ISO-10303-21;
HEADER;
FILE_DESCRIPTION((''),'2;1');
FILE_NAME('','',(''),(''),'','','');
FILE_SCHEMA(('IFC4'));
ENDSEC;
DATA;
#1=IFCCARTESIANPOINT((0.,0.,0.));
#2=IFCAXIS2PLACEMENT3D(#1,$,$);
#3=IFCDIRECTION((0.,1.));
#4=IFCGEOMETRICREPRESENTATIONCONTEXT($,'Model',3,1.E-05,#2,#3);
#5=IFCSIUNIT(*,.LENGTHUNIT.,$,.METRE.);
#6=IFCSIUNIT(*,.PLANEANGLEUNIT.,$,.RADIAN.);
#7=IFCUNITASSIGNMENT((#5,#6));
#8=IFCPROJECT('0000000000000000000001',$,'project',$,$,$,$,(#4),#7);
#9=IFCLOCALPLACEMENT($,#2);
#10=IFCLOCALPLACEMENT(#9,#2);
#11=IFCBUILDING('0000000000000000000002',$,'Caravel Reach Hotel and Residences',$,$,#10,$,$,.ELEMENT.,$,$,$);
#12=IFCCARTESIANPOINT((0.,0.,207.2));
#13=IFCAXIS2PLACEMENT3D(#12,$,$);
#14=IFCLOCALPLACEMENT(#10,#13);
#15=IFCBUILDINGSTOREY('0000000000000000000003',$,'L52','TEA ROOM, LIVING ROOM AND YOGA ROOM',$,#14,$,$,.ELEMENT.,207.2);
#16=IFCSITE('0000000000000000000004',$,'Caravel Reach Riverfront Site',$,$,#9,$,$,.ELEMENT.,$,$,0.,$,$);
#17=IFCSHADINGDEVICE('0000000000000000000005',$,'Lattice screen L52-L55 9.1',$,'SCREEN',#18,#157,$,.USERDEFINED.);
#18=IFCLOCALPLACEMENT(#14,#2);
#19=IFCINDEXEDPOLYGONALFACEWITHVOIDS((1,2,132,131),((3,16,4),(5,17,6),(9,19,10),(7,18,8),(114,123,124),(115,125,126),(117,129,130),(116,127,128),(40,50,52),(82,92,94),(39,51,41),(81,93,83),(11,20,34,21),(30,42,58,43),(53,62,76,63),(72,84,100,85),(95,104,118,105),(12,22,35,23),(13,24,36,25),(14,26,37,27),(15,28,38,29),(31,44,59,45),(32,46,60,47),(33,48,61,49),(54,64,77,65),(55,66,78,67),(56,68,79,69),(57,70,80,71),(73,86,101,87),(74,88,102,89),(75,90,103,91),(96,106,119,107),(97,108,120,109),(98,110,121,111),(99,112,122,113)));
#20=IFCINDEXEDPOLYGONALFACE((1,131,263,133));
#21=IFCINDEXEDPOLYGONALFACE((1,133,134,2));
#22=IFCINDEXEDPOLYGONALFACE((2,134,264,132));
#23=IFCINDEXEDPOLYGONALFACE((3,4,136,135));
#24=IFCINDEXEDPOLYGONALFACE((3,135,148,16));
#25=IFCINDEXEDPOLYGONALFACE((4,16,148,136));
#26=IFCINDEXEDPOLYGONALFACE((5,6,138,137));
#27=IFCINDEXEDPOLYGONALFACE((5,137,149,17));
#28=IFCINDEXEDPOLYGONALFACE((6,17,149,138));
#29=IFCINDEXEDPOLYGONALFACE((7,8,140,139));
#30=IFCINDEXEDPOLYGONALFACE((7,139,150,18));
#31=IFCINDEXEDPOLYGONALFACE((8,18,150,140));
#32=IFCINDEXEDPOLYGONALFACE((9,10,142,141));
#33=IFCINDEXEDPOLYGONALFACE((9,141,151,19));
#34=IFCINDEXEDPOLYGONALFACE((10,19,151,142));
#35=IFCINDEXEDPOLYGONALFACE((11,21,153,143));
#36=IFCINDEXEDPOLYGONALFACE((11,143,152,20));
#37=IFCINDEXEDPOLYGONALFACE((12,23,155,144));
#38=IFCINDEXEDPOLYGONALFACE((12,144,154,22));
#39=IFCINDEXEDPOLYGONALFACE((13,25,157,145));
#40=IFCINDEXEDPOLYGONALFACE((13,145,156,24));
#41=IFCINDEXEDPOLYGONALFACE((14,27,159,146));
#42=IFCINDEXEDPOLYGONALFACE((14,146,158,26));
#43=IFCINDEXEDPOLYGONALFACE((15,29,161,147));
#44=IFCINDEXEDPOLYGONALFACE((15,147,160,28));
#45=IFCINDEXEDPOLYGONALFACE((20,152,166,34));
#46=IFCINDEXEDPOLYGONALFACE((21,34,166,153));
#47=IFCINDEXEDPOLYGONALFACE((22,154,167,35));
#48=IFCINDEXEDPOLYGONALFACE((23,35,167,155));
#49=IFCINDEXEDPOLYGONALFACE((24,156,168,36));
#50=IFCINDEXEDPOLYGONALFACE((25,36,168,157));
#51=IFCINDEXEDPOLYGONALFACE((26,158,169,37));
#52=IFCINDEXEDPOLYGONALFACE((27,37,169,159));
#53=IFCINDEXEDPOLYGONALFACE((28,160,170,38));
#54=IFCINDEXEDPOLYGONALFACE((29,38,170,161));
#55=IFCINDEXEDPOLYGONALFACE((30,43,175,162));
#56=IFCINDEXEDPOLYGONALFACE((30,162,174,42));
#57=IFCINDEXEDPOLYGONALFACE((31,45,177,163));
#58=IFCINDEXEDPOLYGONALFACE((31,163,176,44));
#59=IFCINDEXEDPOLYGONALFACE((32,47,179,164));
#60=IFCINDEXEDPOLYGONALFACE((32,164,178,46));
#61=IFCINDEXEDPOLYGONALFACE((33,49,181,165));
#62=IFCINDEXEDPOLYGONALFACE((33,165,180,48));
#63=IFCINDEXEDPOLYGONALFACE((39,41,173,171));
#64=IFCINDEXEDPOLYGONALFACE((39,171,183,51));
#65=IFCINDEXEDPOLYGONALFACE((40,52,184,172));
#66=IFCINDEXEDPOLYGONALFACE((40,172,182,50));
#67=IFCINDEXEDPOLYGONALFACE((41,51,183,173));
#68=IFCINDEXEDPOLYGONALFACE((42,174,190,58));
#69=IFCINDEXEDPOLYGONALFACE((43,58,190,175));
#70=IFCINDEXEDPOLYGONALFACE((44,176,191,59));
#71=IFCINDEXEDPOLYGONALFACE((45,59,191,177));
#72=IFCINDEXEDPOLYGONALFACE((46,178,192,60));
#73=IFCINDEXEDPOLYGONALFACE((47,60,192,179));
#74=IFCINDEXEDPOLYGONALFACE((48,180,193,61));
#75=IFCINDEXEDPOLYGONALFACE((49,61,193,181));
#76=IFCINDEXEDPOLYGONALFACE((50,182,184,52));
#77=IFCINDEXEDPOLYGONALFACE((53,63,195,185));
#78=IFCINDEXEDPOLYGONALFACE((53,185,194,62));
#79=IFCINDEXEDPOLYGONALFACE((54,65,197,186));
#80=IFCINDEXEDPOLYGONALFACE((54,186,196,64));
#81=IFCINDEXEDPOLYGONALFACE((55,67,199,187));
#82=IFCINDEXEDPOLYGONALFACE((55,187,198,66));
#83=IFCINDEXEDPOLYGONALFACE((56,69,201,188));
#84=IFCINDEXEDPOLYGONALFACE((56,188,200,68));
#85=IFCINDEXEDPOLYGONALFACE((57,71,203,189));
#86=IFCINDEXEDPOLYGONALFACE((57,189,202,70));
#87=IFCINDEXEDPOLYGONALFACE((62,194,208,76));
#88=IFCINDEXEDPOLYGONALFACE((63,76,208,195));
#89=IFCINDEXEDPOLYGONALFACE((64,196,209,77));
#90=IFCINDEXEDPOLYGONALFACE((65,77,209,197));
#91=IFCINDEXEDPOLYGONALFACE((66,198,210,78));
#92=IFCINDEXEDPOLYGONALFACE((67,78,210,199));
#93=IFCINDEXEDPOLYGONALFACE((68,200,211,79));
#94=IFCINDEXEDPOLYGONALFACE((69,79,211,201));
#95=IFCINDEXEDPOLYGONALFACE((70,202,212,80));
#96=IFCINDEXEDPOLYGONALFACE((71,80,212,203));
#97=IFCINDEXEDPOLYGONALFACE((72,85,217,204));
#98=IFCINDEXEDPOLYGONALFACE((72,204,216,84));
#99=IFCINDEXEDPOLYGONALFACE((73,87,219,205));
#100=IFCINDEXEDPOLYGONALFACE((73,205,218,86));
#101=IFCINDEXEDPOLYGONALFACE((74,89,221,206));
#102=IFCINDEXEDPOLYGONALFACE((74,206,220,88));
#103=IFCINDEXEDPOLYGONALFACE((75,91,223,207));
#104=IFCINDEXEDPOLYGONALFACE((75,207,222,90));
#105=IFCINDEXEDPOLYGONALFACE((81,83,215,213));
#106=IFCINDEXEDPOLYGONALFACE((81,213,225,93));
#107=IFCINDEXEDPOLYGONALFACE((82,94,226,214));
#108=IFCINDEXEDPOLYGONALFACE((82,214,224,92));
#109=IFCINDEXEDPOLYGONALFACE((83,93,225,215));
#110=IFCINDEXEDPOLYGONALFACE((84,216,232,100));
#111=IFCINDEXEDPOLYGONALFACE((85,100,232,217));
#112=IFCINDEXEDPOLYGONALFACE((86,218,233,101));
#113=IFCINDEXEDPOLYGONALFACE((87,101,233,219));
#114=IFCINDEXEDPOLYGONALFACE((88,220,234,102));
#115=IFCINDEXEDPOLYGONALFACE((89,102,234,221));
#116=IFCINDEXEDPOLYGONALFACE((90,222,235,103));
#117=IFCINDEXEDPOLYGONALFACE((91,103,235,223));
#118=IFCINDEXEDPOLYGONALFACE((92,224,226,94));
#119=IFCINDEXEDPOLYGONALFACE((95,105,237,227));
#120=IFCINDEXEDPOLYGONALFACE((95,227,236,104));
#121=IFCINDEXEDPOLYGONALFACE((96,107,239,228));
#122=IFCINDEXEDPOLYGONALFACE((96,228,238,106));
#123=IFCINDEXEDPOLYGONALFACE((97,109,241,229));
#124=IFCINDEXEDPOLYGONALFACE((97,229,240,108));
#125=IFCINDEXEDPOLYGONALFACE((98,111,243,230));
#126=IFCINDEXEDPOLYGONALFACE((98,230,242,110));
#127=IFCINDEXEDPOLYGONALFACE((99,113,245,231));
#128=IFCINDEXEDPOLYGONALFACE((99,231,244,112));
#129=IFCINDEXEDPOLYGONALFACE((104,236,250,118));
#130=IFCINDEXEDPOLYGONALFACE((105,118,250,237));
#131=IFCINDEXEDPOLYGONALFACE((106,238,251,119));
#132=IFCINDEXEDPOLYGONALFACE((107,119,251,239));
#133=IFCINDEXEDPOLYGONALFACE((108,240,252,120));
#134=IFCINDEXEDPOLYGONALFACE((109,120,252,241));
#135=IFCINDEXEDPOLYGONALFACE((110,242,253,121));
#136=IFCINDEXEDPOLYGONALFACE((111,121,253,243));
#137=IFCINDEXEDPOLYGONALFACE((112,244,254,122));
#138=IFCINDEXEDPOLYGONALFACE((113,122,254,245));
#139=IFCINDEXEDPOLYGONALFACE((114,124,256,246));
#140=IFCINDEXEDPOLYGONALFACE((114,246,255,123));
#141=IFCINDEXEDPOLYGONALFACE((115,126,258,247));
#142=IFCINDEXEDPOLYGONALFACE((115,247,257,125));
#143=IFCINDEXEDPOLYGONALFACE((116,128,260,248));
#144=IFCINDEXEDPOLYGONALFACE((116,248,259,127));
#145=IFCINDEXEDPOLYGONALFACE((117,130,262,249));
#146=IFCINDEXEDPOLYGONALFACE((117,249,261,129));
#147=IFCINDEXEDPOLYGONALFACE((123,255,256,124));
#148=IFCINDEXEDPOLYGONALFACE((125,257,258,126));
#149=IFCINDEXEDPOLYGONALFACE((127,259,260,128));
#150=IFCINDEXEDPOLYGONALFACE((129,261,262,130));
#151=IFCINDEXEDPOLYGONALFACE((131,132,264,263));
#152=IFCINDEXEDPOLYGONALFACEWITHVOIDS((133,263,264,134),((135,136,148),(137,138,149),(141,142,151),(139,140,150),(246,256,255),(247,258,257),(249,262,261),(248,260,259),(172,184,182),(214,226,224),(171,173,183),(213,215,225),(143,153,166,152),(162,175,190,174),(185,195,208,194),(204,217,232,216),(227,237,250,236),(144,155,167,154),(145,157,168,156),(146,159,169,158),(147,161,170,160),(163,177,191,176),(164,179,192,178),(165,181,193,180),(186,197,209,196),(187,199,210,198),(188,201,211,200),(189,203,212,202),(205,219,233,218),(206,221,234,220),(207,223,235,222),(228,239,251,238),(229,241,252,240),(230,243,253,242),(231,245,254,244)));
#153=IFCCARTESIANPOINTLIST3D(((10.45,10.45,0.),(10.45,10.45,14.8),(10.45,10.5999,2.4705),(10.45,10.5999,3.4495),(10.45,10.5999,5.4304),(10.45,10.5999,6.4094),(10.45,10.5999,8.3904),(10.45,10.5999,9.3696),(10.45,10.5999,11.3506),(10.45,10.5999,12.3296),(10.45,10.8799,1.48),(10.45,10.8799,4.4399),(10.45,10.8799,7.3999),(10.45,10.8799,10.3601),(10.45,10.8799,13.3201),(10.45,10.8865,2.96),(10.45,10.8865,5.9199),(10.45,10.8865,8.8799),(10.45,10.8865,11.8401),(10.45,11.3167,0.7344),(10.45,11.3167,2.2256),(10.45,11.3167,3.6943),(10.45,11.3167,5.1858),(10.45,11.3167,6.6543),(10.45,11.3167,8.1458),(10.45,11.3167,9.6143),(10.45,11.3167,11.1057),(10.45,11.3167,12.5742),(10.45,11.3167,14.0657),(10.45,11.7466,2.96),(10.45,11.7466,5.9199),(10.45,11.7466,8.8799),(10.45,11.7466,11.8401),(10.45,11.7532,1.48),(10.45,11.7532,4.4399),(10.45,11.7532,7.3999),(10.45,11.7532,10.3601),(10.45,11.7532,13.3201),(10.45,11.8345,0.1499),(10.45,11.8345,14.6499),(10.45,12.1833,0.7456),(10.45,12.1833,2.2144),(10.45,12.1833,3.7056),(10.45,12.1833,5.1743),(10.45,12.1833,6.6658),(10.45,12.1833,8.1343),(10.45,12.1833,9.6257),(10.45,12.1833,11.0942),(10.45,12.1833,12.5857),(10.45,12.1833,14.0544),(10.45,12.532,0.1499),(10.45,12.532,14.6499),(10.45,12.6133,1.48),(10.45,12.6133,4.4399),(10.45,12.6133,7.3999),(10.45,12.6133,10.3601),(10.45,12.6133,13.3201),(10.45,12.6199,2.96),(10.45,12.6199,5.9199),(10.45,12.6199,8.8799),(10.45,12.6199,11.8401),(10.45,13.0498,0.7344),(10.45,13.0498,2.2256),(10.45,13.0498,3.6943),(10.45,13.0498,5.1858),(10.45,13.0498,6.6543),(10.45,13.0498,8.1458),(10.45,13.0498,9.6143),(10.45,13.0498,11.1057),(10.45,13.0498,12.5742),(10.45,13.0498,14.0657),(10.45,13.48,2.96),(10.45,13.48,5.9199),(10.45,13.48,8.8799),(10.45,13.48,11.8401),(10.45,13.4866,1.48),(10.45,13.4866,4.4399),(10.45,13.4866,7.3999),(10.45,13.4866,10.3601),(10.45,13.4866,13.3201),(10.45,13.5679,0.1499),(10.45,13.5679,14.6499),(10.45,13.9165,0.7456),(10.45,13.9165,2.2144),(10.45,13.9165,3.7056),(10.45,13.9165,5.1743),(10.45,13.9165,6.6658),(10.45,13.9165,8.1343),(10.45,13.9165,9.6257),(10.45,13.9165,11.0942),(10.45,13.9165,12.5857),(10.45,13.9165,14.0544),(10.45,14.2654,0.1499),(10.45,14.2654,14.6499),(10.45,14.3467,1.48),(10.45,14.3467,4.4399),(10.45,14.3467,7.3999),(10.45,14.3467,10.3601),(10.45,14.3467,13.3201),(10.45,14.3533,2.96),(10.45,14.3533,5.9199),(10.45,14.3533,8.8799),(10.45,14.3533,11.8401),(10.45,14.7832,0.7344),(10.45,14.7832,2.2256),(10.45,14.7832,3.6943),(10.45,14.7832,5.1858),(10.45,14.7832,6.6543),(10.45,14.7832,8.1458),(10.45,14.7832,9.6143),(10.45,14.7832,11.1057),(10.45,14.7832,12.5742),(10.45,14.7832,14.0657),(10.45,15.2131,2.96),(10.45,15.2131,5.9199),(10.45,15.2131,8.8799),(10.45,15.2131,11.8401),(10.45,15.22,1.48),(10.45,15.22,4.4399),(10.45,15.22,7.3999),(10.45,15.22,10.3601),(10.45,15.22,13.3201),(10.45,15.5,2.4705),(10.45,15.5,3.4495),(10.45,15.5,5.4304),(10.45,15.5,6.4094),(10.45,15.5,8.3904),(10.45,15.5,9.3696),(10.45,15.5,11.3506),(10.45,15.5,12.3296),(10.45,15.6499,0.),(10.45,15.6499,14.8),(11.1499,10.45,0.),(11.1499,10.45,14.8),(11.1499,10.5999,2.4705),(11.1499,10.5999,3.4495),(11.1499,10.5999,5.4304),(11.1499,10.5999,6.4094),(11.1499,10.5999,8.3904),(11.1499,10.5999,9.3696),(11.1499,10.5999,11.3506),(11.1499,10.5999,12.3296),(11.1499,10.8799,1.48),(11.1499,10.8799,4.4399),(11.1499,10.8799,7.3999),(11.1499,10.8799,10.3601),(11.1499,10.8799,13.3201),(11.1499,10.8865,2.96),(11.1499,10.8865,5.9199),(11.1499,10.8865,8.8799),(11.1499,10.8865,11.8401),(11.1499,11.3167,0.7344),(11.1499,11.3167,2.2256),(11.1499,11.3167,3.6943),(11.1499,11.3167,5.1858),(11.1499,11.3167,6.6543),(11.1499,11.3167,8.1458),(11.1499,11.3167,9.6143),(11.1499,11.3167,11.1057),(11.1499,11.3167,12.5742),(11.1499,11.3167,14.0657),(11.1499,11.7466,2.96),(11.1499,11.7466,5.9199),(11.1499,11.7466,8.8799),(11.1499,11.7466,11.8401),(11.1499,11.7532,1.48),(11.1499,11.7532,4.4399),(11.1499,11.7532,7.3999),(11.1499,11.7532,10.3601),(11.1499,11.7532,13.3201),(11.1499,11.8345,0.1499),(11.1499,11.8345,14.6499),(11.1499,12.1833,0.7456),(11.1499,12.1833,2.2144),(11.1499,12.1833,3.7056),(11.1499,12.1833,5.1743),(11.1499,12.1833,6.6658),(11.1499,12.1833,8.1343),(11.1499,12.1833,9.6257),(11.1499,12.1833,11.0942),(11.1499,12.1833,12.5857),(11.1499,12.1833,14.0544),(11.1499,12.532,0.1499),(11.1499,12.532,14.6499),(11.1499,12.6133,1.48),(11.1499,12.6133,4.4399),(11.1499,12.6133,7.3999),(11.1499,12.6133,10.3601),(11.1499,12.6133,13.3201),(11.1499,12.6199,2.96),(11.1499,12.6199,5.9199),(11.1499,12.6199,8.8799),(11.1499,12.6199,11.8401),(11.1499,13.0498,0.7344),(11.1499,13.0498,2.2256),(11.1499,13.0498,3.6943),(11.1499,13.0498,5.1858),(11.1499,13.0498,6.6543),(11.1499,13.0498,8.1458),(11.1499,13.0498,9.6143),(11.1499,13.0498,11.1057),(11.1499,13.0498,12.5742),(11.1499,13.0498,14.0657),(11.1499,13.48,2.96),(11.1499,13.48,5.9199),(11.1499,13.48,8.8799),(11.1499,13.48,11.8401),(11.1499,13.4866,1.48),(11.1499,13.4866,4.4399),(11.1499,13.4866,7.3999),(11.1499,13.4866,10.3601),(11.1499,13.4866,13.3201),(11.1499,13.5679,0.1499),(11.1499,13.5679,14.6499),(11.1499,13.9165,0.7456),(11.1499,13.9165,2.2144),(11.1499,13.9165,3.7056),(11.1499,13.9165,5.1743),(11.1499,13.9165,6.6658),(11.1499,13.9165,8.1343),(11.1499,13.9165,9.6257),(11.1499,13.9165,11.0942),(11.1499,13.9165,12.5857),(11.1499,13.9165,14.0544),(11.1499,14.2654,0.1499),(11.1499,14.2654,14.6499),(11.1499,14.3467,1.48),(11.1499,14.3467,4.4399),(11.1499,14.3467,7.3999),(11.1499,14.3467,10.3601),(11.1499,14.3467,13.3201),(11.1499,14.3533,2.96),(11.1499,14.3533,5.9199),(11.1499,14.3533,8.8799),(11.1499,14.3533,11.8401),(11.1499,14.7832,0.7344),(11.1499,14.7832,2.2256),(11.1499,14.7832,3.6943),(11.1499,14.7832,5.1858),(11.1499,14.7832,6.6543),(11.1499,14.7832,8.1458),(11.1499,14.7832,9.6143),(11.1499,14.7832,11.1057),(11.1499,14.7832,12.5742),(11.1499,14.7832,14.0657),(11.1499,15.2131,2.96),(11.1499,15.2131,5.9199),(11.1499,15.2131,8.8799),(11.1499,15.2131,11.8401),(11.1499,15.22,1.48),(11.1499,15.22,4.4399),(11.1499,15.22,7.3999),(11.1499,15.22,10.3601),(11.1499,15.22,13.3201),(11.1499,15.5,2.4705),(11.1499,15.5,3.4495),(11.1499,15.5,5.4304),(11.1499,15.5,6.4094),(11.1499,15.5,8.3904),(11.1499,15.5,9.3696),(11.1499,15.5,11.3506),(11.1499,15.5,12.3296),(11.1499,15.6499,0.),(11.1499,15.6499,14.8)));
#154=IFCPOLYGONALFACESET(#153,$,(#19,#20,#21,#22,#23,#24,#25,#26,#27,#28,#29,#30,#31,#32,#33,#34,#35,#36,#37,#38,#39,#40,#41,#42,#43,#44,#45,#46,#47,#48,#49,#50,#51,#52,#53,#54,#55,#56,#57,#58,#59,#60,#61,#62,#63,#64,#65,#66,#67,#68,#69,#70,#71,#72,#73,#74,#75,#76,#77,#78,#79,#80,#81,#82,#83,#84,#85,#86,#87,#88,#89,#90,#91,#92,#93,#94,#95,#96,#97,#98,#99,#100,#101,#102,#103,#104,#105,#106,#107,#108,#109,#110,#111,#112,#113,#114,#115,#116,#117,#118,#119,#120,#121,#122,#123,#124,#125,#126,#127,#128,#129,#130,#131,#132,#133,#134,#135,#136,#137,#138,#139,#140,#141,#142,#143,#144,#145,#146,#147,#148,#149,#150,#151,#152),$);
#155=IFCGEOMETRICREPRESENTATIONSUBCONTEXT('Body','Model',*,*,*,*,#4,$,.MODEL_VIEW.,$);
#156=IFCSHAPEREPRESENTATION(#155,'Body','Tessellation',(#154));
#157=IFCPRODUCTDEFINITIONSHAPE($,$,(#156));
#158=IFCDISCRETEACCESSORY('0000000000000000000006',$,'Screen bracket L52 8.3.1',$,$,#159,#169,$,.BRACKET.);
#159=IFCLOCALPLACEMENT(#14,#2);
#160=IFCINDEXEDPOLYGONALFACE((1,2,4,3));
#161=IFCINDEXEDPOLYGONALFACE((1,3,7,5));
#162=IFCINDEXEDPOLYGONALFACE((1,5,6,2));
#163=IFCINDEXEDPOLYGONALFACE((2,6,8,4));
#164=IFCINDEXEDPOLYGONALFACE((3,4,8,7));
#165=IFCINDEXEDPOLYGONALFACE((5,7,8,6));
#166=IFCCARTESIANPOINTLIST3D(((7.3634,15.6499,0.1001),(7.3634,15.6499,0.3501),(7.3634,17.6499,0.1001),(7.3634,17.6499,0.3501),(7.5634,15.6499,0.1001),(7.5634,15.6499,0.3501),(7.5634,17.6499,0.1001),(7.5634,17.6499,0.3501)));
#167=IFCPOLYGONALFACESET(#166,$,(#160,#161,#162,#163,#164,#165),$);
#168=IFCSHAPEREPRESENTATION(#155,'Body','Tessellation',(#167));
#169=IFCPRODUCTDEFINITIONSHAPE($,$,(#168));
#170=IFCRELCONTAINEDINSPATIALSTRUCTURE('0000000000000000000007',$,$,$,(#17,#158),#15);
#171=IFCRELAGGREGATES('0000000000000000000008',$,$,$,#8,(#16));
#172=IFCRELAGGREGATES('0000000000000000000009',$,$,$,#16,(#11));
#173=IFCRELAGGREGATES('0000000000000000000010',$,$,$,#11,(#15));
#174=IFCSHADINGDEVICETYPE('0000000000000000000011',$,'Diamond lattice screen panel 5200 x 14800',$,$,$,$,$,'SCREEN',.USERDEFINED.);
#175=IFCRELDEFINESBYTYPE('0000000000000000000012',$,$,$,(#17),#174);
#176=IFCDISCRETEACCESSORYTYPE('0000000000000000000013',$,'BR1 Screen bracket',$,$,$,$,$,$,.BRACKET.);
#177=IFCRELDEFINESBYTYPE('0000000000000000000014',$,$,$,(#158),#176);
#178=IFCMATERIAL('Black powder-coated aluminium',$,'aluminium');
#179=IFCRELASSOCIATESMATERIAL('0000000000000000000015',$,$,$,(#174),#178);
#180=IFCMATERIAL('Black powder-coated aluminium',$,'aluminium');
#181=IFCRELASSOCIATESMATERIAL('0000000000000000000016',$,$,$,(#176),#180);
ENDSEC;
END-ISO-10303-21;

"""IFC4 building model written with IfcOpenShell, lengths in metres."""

from ifc_helpers import new_model, si_unit, direction, frame, origin, origin_2d, place, context, subcontext, project, spatial, polyline, rectangle, outline, extrude, material, type_object, element, save


model = new_model("IFC4")

# Units and contexts
model_context = context("Model", 3, precision=1e-05, world=origin(), true_north=direction((0.0, 1.0)))
body_context = subcontext(model_context, "Body", "Model", "MODEL_VIEW")
ifc_project = project(units=[si_unit("LENGTHUNIT", "METRE"), si_unit("PLANEANGLEUNIT", "RADIAN")], contexts=[model_context])

# Site, building, storey
site_placement = place(None, origin())
site = spatial("IfcSite", under=ifc_project, at=site_placement, Name="Caravel Reach Riverfront Site", CompositionType="ELEMENT", RefElevation=0.0)
building_placement = place(site_placement, origin())
building = spatial("IfcBuilding", under=site, at=building_placement, Name="Caravel Reach Hotel and Residences", CompositionType="ELEMENT")
storey_placement = place(building_placement, frame((0.0, 0.0, 207.2)))
storey = spatial("IfcBuildingStorey", under=building, at=storey_placement, Name="L52", Description="TEA ROOM, LIVING ROOM AND YOGA ROOM", CompositionType="ELEMENT", Elevation=207.2)

# Shading device
ifc_material_1 = material(Name="Black powder-coated aluminium", Category="aluminium")
shading_device_type_1 = type_object("IfcShadingDeviceType", Name="Diamond lattice screen panel 5200 x 14800", ElementType="SCREEN", PredefinedType="USERDEFINED", material=ifc_material_1)
shading_device_1_placement = place(storey_placement, frame((11.1499, 15.6499, 0.0), z_axis=(-1.0, 0.0, 0.0), x_axis=(0.0, -1.0, 0.0)))
element("IfcShadingDevice", 1, at=shading_device_1_placement, inside=storey, type_object=shading_device_type_1, Name="Lattice screen L52-L55 9.1", ObjectType="SCREEN", PredefinedType="USERDEFINED", context=body_context, shape_type="SweptSolid", body=[
    extrude(outline(polyline([(0.0, 0.0), (5.2, 0.0), (5.2, 14.8), (0.0, 14.8), (0.0, 0.0)]), holes=[polyline([(0.4368, 2.96), (0.1499, 3.4495), (0.1499, 2.4705), (0.4368, 2.96)]), polyline([(0.4368, 5.9199), (0.1499, 6.4094), (0.1499, 5.4304), (0.4368, 5.9199)]), polyline([(0.4368, 8.8799), (0.1499, 9.3696), (0.1499, 8.3904), (0.4368, 8.8799)]), polyline([(0.4368, 11.8401), (0.1499, 12.3296), (0.1499, 11.3506), (0.4368, 11.8401)]), polyline([(0.8667, 2.2256), (0.4299, 1.48), (0.8667, 0.7344), (1.3032, 1.48), (0.8667, 2.2256)]), polyline([(0.8667, 5.1858), (0.4299, 4.4399), (0.8667, 3.6943), (1.3032, 4.4399), (0.8667, 5.1858)]), polyline([(0.8667, 8.1458), (0.4299, 7.3999), (0.8667, 6.6543), (1.3032, 7.3999), (0.8667, 8.1458)]), polyline([(0.8667, 11.1057), (0.4299, 10.3601), (0.8667, 9.6143), (1.3032, 10.3601), (0.8667, 11.1057)]), polyline([(0.8667, 14.0657), (0.4299, 13.3201), (0.8667, 12.5742), (1.3032, 13.3201), (0.8667, 14.0657)]), polyline([(1.7334, 0.7456), (1.3845, 0.1499), (2.082, 0.1499), (1.7334, 0.7456)]), polyline([(1.7334, 3.7056), (1.2966, 2.96), (1.7334, 2.2144), (2.1699, 2.96), (1.7334, 3.7056)]), polyline([(1.7334, 6.6658), (1.2966, 5.9199), (1.7334, 5.1743), (2.1699, 5.9199), (1.7334, 6.6658)]), polyline([(1.7334, 9.6257), (1.2966, 8.8799), (1.7334, 8.1343), (2.1699, 8.8799), (1.7334, 9.6257)]), polyline([(1.7334, 12.5857), (1.2966, 11.8401), (1.7334, 11.0942), (2.1699, 11.8401), (1.7334, 12.5857)]), polyline([(1.7334, 14.0544), (2.082, 14.6499), (1.3845, 14.6499), (1.7334, 14.0544)]), polyline([(2.6001, 2.2256), (2.1633, 1.48), (2.6001, 0.7344), (3.0366, 1.48), (2.6001, 2.2256)]), polyline([(2.6001, 5.1858), (2.1633, 4.4399), (2.6001, 3.6943), (3.0366, 4.4399), (2.6001, 5.1858)]), polyline([(2.6001, 8.1458), (2.1633, 7.3999), (2.6001, 6.6543), (3.0366, 7.3999), (2.6001, 8.1458)]), polyline([(2.6001, 11.1057), (2.1633, 10.3601), (2.6001, 9.6143), (3.0366, 10.3601), (2.6001, 11.1057)]), polyline([(2.6001, 14.0657), (2.1633, 13.3201), (2.6001, 12.5742), (3.0366, 13.3201), (2.6001, 14.0657)]), polyline([(3.4666, 0.7456), (3.1179, 0.1499), (3.8154, 0.1499), (3.4666, 0.7456)]), polyline([(3.4666, 3.7056), (3.03, 2.96), (3.4666, 2.2144), (3.9033, 2.96), (3.4666, 3.7056)]), polyline([(3.4666, 6.6658), (3.03, 5.9199), (3.4666, 5.1743), (3.9033, 5.9199), (3.4666, 6.6658)]), polyline([(3.4666, 9.6257), (3.03, 8.8799), (3.4666, 8.1343), (3.9033, 8.8799), (3.4666, 9.6257)]), polyline([(3.4666, 12.5857), (3.03, 11.8401), (3.4666, 11.0942), (3.9033, 11.8401), (3.4666, 12.5857)]), polyline([(3.4666, 14.0544), (3.8154, 14.6499), (3.1179, 14.6499), (3.4666, 14.0544)]), polyline([(4.3333, 2.2256), (3.8967, 1.48), (4.3333, 0.7344), (4.77, 1.48), (4.3333, 2.2256)]), polyline([(4.3333, 5.1858), (3.8967, 4.4399), (4.3333, 3.6943), (4.77, 4.4399), (4.3333, 5.1858)]), polyline([(4.3333, 8.1458), (3.8967, 7.3999), (4.3333, 6.6543), (4.77, 7.3999), (4.3333, 8.1458)]), polyline([(4.3333, 11.1057), (3.8967, 10.3601), (4.3333, 9.6143), (4.77, 10.3601), (4.3333, 11.1057)]), polyline([(4.3333, 14.0657), (3.8967, 13.3201), (4.3333, 12.5742), (4.77, 13.3201), (4.3333, 14.0657)]), polyline([(4.7634, 2.96), (5.05, 2.4705), (5.05, 3.4495), (4.7634, 2.96)]), polyline([(4.7634, 5.9199), (5.05, 5.4304), (5.05, 6.4094), (4.7634, 5.9199)]), polyline([(4.7634, 8.8799), (5.05, 8.3904), (5.05, 9.3696), (4.7634, 8.8799)]), polyline([(4.7634, 11.8401), (5.05, 11.3506), (5.05, 12.3296), (4.7634, 11.8401)])]), origin(), (0.0, 0.0, 1.0), 0.7),
])

# Discrete accessory
ifc_material_2 = material(Name="Black powder-coated aluminium", Category="aluminium")
discrete_accessory_type = type_object("IfcDiscreteAccessoryType", Name="BR1 Screen bracket", PredefinedType="BRACKET", material=ifc_material_2)
discrete_accessory_placement = place(storey_placement, frame((7.4634, 16.6499, 0.1001), z_axis=(0.0, 0.0, 1.0), x_axis=(0.0, -1.0, 0.0)))
element("IfcDiscreteAccessory", 2, at=discrete_accessory_placement, inside=storey, type_object=discrete_accessory_type, Name="Screen bracket L52 8.3.1", PredefinedType="BRACKET", context=body_context, shape_type="SweptSolid", body=[
    extrude(rectangle(XDim=2.0, YDim=0.2, at=origin_2d()), origin(), (0.0, 0.0, 1.0), 0.25),
])

save(model, "model.ifc")
